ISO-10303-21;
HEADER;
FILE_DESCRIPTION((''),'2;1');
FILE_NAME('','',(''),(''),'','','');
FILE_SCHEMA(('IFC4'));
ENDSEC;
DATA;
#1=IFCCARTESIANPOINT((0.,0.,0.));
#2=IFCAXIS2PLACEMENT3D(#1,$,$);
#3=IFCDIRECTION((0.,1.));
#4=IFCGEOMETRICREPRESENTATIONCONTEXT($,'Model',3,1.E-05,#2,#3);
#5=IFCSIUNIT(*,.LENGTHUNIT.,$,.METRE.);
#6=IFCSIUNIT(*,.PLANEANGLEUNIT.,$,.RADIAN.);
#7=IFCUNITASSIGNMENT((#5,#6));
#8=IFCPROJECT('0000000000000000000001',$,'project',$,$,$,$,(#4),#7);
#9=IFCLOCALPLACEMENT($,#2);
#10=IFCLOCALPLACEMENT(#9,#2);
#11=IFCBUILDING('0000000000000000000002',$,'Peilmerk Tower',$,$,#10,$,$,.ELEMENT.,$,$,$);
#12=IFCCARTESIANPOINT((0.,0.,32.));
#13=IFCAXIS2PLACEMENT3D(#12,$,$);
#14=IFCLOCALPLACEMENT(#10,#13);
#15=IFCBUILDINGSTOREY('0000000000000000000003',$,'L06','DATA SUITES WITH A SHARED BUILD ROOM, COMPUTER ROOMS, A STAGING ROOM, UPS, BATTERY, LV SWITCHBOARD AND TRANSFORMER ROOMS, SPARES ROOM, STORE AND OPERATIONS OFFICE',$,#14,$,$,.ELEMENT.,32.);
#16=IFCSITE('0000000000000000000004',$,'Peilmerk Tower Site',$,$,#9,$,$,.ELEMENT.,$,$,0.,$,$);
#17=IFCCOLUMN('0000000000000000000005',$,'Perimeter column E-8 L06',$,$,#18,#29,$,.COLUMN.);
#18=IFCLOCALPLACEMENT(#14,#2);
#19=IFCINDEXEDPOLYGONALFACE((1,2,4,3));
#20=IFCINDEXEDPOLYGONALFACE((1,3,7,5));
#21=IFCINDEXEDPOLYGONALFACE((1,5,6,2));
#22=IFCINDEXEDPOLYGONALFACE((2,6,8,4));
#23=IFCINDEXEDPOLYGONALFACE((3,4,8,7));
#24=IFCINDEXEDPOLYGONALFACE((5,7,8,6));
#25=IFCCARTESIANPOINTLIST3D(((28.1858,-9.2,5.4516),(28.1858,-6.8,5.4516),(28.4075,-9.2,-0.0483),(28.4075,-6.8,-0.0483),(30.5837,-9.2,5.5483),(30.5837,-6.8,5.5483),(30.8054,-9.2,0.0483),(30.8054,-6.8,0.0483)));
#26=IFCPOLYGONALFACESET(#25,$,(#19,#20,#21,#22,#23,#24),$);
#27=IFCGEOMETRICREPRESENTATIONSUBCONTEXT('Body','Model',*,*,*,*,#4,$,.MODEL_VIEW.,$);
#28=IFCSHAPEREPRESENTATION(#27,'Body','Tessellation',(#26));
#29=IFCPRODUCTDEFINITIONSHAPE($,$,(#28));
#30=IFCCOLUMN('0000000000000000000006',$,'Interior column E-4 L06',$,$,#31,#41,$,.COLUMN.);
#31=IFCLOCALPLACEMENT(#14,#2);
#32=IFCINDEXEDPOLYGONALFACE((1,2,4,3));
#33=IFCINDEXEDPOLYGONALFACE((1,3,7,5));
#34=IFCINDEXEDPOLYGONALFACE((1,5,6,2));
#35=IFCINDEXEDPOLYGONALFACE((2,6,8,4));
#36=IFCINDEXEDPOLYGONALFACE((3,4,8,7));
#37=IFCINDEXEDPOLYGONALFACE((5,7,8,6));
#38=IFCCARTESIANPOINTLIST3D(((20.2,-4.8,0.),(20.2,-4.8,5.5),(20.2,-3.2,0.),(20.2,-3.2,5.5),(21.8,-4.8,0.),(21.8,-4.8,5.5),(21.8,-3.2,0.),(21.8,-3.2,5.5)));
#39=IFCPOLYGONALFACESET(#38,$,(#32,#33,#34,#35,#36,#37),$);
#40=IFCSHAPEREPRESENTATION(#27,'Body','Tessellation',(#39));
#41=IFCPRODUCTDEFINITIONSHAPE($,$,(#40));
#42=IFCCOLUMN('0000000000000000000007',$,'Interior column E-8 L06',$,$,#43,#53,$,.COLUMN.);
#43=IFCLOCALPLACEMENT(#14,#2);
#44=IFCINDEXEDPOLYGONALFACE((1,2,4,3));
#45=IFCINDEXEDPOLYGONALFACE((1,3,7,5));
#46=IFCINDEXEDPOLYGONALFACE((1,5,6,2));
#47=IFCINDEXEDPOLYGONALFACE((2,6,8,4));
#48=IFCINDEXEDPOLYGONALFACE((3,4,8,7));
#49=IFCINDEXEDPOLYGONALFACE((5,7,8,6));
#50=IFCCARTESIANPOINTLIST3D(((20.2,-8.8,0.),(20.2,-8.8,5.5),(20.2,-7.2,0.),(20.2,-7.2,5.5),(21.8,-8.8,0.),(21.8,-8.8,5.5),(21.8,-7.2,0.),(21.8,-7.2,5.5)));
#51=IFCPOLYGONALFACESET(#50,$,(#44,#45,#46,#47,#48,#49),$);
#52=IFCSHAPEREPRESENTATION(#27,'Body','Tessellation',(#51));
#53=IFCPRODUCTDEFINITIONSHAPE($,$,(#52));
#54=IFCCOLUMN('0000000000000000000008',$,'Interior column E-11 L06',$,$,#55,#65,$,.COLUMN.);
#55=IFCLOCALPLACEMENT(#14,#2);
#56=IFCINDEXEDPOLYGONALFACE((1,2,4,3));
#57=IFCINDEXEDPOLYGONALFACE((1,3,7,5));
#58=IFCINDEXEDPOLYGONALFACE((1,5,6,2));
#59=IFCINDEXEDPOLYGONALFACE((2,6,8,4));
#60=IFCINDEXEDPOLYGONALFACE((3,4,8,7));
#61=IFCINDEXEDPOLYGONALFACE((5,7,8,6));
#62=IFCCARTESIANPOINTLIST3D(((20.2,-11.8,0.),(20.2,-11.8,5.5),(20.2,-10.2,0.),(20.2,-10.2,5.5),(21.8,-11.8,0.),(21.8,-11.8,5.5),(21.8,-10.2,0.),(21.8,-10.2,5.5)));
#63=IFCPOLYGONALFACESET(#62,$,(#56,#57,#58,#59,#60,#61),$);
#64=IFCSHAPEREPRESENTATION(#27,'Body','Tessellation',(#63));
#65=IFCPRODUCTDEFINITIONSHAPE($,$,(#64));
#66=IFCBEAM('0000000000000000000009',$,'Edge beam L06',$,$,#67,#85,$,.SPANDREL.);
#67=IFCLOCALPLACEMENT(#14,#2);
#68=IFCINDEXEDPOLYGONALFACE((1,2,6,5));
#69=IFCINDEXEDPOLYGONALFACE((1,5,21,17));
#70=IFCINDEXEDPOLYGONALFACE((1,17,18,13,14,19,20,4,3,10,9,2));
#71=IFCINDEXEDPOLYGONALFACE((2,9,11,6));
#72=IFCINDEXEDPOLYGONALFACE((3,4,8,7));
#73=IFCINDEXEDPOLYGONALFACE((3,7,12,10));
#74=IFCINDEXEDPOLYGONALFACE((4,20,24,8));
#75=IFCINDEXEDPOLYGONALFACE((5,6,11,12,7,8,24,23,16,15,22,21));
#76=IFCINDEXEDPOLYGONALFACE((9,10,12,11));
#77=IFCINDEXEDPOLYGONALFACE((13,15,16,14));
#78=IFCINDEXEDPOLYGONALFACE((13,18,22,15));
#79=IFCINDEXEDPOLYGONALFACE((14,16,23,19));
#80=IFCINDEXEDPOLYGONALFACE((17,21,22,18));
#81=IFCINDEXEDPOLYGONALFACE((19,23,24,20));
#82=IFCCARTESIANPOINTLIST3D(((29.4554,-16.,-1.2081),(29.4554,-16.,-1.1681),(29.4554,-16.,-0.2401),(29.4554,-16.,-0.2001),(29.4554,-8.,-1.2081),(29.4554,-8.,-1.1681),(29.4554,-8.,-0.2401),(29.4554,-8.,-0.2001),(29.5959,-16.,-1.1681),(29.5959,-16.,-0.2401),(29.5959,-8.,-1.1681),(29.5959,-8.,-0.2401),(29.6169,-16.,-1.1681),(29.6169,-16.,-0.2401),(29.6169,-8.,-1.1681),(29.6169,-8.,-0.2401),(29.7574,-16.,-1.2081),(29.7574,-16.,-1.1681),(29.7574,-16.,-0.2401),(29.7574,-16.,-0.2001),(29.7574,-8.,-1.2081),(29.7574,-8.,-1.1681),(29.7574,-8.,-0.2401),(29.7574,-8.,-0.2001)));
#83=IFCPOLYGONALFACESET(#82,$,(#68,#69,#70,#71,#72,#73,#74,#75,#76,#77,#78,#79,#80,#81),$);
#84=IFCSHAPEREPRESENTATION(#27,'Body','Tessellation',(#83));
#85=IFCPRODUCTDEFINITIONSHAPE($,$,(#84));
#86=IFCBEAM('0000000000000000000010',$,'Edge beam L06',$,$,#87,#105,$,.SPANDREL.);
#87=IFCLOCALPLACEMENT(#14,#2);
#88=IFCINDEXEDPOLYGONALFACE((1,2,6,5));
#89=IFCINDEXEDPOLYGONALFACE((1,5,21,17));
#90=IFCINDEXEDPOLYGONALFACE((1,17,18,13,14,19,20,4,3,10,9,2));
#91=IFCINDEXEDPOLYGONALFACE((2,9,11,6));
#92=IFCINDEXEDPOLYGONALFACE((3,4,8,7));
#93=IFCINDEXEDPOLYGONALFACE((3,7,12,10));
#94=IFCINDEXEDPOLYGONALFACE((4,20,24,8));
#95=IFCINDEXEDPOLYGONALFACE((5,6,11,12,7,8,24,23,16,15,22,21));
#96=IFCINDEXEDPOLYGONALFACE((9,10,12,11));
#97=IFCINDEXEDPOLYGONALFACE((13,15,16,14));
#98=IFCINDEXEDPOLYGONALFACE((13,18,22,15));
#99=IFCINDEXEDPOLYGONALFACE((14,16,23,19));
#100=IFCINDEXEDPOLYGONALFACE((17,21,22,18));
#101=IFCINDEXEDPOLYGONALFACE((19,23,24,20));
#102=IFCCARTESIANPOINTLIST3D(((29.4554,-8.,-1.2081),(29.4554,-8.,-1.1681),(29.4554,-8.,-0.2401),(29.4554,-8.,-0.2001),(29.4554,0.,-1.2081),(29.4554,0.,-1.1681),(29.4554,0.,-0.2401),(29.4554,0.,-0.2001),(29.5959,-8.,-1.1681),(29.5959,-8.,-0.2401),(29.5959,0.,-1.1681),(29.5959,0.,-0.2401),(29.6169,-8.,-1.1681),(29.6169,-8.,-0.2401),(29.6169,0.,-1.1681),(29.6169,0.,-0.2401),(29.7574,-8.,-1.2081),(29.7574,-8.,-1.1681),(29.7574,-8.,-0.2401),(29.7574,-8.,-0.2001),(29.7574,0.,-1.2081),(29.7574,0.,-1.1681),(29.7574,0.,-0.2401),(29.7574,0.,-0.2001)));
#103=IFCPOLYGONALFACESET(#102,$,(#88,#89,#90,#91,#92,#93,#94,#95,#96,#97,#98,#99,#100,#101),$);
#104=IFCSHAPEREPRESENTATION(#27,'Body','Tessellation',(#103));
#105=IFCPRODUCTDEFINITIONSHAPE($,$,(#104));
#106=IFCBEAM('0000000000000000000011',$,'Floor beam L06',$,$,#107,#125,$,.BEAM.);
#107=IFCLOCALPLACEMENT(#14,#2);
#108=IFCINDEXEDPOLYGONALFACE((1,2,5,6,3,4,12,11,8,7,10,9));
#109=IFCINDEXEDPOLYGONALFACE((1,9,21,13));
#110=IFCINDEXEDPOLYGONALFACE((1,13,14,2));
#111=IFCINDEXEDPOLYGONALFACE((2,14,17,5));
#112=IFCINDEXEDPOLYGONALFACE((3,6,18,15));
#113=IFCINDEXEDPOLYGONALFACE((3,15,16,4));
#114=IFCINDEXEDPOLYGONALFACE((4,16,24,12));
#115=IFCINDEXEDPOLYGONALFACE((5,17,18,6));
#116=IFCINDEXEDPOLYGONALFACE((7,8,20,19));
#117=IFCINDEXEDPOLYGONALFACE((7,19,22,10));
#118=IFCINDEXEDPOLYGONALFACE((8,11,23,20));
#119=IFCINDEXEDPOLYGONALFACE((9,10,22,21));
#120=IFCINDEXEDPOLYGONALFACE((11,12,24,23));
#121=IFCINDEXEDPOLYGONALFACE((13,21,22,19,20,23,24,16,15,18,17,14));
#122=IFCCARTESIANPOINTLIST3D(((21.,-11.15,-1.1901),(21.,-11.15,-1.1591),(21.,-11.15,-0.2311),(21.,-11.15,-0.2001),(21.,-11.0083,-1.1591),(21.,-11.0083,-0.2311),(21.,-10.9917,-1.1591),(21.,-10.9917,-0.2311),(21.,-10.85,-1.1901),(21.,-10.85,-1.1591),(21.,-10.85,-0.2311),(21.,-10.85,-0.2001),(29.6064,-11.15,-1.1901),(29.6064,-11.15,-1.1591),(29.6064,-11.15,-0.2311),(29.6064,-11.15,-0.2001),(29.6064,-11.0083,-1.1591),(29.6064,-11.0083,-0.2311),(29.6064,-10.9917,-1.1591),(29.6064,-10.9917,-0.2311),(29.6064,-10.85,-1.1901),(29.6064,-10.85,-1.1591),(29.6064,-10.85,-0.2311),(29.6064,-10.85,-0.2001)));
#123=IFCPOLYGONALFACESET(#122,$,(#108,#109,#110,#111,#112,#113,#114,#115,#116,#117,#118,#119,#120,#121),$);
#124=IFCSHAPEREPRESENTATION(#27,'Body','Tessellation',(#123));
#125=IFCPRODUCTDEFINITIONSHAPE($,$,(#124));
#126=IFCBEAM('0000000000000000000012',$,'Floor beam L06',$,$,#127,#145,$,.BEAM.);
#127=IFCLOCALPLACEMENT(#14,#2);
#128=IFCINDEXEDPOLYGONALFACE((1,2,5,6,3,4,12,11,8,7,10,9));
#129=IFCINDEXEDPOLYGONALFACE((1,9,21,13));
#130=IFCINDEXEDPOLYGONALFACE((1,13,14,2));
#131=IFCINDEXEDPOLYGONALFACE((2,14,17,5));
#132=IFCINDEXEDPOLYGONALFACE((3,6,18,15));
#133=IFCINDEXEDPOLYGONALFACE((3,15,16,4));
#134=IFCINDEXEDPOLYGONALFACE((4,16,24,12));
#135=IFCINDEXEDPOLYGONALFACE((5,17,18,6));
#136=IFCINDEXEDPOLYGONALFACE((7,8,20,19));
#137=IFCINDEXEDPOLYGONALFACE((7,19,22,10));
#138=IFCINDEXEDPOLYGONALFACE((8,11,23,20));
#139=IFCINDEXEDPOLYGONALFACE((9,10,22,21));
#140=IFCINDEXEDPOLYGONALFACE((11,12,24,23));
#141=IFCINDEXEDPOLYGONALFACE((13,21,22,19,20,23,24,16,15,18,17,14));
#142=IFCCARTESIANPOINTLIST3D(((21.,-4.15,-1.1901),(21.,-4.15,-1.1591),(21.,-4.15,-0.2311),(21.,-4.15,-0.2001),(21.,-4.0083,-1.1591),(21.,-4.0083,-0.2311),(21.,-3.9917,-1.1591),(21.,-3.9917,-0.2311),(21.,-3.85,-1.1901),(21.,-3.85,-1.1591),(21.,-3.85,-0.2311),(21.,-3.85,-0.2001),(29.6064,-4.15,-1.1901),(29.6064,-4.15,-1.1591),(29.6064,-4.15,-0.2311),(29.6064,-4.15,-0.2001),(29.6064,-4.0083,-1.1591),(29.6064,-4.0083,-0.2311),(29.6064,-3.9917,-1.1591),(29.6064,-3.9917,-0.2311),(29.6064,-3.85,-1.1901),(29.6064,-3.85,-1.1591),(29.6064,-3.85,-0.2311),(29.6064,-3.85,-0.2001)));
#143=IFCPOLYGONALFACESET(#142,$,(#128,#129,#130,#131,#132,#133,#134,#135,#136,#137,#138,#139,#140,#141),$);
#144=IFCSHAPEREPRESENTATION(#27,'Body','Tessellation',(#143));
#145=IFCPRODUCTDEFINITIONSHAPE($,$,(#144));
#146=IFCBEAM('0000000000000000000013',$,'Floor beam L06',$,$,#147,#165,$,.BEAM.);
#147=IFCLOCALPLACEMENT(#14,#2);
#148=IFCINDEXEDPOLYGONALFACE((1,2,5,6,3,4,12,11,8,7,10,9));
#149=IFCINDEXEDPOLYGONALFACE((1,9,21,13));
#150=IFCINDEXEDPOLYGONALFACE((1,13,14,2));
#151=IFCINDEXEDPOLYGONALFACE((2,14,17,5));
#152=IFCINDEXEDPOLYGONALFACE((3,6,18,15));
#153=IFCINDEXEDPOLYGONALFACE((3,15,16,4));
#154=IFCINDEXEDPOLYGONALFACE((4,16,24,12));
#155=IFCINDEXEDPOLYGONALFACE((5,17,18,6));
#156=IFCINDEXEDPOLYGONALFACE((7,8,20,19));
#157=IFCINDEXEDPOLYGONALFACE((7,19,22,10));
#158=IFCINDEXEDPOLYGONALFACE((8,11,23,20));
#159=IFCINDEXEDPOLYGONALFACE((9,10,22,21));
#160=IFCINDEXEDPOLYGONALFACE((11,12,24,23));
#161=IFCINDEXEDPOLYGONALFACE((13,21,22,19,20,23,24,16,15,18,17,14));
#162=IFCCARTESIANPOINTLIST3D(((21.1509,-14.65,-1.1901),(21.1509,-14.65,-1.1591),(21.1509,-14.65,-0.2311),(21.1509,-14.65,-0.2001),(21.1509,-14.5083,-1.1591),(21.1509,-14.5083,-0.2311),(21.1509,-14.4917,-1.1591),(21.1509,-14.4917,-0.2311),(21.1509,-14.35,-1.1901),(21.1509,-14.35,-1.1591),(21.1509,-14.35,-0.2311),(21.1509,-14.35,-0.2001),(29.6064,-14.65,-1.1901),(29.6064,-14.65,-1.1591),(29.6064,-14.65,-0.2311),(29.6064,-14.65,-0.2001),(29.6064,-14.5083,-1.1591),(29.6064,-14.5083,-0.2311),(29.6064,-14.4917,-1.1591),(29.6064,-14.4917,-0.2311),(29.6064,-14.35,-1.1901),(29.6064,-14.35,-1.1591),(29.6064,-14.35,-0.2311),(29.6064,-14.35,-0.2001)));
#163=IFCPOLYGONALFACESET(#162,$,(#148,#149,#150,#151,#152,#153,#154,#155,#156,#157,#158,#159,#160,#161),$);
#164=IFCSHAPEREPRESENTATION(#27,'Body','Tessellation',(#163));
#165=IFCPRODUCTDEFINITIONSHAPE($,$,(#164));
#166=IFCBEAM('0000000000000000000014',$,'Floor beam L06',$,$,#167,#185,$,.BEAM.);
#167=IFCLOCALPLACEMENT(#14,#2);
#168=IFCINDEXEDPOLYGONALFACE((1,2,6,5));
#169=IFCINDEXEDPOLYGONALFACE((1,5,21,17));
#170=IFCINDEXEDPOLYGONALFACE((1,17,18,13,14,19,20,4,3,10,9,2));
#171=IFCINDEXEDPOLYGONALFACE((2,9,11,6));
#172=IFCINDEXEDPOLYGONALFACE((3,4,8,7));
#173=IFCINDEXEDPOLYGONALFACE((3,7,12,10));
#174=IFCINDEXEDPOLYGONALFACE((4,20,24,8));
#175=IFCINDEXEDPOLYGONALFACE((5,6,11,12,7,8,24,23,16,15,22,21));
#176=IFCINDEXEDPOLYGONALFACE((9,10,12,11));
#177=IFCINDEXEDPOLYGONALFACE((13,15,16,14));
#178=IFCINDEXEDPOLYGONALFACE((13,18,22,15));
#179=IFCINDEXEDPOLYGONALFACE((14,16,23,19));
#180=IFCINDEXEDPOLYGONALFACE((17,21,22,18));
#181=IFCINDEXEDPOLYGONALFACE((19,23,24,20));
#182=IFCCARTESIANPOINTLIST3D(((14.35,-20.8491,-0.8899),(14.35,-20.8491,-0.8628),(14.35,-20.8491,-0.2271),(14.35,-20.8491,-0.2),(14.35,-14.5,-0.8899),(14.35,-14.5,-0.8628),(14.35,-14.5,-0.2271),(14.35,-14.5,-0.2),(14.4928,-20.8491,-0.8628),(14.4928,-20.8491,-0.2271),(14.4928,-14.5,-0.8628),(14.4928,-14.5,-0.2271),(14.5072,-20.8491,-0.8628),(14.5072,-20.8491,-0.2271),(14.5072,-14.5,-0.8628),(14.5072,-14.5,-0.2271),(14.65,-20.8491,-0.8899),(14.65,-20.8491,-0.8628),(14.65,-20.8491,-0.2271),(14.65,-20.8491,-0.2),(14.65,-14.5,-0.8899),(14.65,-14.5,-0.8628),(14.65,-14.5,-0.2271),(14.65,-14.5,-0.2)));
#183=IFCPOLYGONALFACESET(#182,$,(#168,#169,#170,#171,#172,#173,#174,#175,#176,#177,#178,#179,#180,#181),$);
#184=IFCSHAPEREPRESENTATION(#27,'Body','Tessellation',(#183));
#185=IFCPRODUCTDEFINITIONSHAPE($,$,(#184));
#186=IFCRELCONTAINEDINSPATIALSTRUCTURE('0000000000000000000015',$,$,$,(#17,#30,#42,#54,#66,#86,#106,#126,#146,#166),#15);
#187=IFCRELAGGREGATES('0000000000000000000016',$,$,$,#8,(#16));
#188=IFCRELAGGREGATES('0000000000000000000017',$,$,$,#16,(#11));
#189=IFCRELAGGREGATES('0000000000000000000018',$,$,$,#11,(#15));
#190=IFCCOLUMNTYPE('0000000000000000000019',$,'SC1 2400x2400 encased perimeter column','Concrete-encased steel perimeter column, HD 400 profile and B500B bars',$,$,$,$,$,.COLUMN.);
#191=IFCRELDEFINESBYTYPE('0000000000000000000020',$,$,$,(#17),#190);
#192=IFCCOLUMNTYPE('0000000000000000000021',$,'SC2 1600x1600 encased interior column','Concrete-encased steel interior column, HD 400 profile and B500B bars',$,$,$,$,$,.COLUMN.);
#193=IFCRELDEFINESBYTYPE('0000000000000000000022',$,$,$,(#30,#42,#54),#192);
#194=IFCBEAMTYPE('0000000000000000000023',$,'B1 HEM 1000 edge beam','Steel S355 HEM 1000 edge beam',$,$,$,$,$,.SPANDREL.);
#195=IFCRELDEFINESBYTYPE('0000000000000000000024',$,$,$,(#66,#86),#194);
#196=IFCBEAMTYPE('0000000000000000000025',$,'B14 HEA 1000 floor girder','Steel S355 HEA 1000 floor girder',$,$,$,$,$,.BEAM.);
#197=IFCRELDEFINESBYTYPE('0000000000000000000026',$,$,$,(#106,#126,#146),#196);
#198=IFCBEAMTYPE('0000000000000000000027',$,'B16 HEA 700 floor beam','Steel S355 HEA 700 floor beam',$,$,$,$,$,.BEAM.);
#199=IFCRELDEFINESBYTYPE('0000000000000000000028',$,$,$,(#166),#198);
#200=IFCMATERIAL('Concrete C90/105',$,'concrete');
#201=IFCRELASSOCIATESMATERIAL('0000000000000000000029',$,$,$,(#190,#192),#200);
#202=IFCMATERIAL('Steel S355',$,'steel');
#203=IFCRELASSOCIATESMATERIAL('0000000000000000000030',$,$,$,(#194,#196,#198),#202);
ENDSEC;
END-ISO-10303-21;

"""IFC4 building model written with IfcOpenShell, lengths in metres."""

from ifc_helpers import new_model, si_unit, direction, frame, origin, origin_2d, place, context, subcontext, project, spatial, rectangle, i_section, extrude, material, material_profile, profile_set, type_object, element, save


model = new_model("IFC4")

# Units and contexts
model_context = context("Model", 3, precision=1e-05, world=origin(), true_north=direction((0.0, 1.0)))
body_context = subcontext(model_context, "Body", "Model", "MODEL_VIEW")
ifc_project = project(units=[si_unit("LENGTHUNIT", "METRE"), si_unit("PLANEANGLEUNIT", "RADIAN")], contexts=[model_context])

# Site, building, storey
site_placement = place(None, origin())
site = spatial("IfcSite", under=ifc_project, at=site_placement, Name="Peilmerk Tower Site", CompositionType="ELEMENT", RefElevation=0.0)
building_placement = place(site_placement, origin())
building = spatial("IfcBuilding", under=site, at=building_placement, Name="Peilmerk Tower", CompositionType="ELEMENT")
storey_placement = place(building_placement, frame((0.0, 0.0, 32.0)))
storey = spatial("IfcBuildingStorey", under=building, at=storey_placement, Name="L06", Description="DATA SUITES WITH A SHARED BUILD ROOM, COMPUTER ROOMS, A STAGING ROOM, UPS, BATTERY, LV SWITCHBOARD AND TRANSFORMER ROOMS, SPARES ROOM, STORE AND OPERATIONS OFFICE", CompositionType="ELEMENT", Elevation=32.0)

# Columns
ifc_material_1 = material(Name="Concrete C90/105", Category="concrete")
ifc_material_profile_1 = material_profile(ifc_material_1, rectangle(XDim=2.3999, YDim=2.3999, at=origin_2d()), Name="RC 2400x2400")
ifc_profile_set_1 = profile_set([ifc_material_profile_1], Name="Concrete C90/105")
column_type_1 = type_object("IfcColumnType", Name="SC1 2400x2400 encased perimeter column", Description="Concrete-encased steel perimeter column, HD 400 profile and B500B bars", PredefinedType="COLUMN", material=ifc_profile_set_1)
column_placement = place(storey_placement, frame((29.6064, -8.0, 0.0), z_axis=(-0.040273, 0.0, 0.999189), x_axis=(0.0, -1.0, 0.0)))
element("IfcColumn", 1, at=column_placement, inside=storey, type_object=column_type_1, Name="Perimeter column E-8 L06", PredefinedType="COLUMN", context=body_context, shape_type="SweptSolid", body=[
    extrude(rectangle(XDim=2.3999, YDim=2.3999, at=origin_2d()), origin(), (0.0, 0.0, 1.0), 5.5044),
])
ifc_material_profile_2 = material_profile(ifc_material_1, rectangle(XDim=1.6001, YDim=1.6001, at=origin_2d()), Name="RC 1600x1600")
ifc_profile_set_2 = profile_set([ifc_material_profile_2], Name="Concrete C90/105")
column_type_2 = type_object("IfcColumnType", Name="SC2 1600x1600 encased interior column", Description="Concrete-encased steel interior column, HD 400 profile and B500B bars", PredefinedType="COLUMN", material=ifc_profile_set_2)
for number, where, z_axis, x_axis, name in (
    (2, (21.0, -4.0, 0.0), (0.0, 0.0, 1.0), (1.0, 0.0, 0.0), "Interior column E-4 L06"),
    (3, (21.0, -8.0, 0.0), (0.0, 0.0, 1.0), (1.0, 0.0, 0.0), "Interior column E-8 L06"),
    (4, (21.0, -11.0, 0.0), (0.0, 0.0, 1.0), (1.0, 0.0, 0.0), "Interior column E-11 L06"),
):
    element("IfcColumn", number, at=place(storey_placement, frame(where, z_axis=z_axis, x_axis=x_axis)), inside=storey, type_object=column_type_2, Name=name, PredefinedType="COLUMN", context=body_context, shape_type="SweptSolid", body=[
        extrude(rectangle(XDim=1.6001, YDim=1.6001, at=origin_2d()), origin(), (0.0, 0.0, 1.0), 5.5),
    ])

# Beams
ifc_material_2 = material(Name="Steel S355", Category="steel")
ifc_material_profile_3 = material_profile(ifc_material_2, i_section(OverallWidth=0.302, OverallDepth=1.0081, WebThickness=0.021, FlangeThickness=0.04, at=origin_2d()), Name="HEM 1000")
ifc_profile_set_3 = profile_set([ifc_material_profile_3], Name="Steel S355")
beam_type_1 = type_object("IfcBeamType", Name="B1 HEM 1000 edge beam", Description="Steel S355 HEM 1000 edge beam", PredefinedType="SPANDREL", material=ifc_profile_set_3)
for number, where, z_axis, x_axis, name in (
    (5, (29.6064, -16.0, -0.7041), (0.0, 1.0, 0.0), (-1.0, 0.0, 0.0), "Edge beam L06"),
    (6, (29.6064, -8.0, -0.7041), (0.0, 1.0, 0.0), (-1.0, 0.0, 0.0), "Edge beam L06"),
):
    element("IfcBeam", number, at=place(storey_placement, frame(where, z_axis=z_axis, x_axis=x_axis)), inside=storey, type_object=beam_type_1, Name=name, PredefinedType="SPANDREL", context=body_context, shape_type="SweptSolid", body=[
        extrude(i_section(OverallWidth=0.302, OverallDepth=1.0081, WebThickness=0.021, FlangeThickness=0.04, at=origin_2d()), origin(), (0.0, 0.0, 1.0), 8.0),
    ])
ifc_material_profile_4 = material_profile(ifc_material_2, i_section(OverallWidth=0.3, OverallDepth=0.99, WebThickness=0.0166, FlangeThickness=0.031, at=origin_2d()), Name="HEA 1000")
ifc_profile_set_4 = profile_set([ifc_material_profile_4], Name="Steel S355")
beam_type_2 = type_object("IfcBeamType", Name="B14 HEA 1000 floor girder", Description="Steel S355 HEA 1000 floor girder", PredefinedType="BEAM", material=ifc_profile_set_4)
for number, where, z_axis, x_axis, name in (
    (7, (21.0, -11.0, -0.6951), (1.0, 0.0, 0.0), (0.0, 1.0, 0.0), "Floor beam L06"),
    (8, (21.0, -4.0, -0.6951), (1.0, 0.0, 0.0), (0.0, 1.0, 0.0), "Floor beam L06"),
):
    element("IfcBeam", number, at=place(storey_placement, frame(where, z_axis=z_axis, x_axis=x_axis)), inside=storey, type_object=beam_type_2, Name=name, PredefinedType="BEAM", context=body_context, shape_type="SweptSolid", body=[
        extrude(i_section(OverallWidth=0.3, OverallDepth=0.99, WebThickness=0.0166, FlangeThickness=0.031, at=origin_2d()), origin(), (0.0, 0.0, 1.0), 8.6064),
    ])
beam_1_placement = place(storey_placement, frame((21.1509, -14.5, -0.6951), z_axis=(1.0, 0.0, 0.0), x_axis=(0.0, 1.0, 0.0)))
element("IfcBeam", 9, at=beam_1_placement, inside=storey, type_object=beam_type_2, Name="Floor beam L06", PredefinedType="BEAM", context=body_context, shape_type="SweptSolid", body=[
    extrude(i_section(OverallWidth=0.3, OverallDepth=0.99, WebThickness=0.0166, FlangeThickness=0.031, at=origin_2d()), origin(), (0.0, 0.0, 1.0), 8.4556),
])
ifc_material_profile_5 = material_profile(ifc_material_2, i_section(OverallWidth=0.3, OverallDepth=0.6899, WebThickness=0.0144, FlangeThickness=0.0271, at=origin_2d()), Name="HEA 700")
ifc_profile_set_5 = profile_set([ifc_material_profile_5], Name="Steel S355")
beam_type_3 = type_object("IfcBeamType", Name="B16 HEA 700 floor beam", Description="Steel S355 HEA 700 floor beam", PredefinedType="BEAM", material=ifc_profile_set_5)
for number, where, z_axis, x_axis, name in (
    (10, (14.5, -14.5, -0.5449), (0.0, -1.0, 0.0), (1.0, 0.0, 0.0), "Floor beam L06"),
):
    element("IfcBeam", number, at=place(storey_placement, frame(where, z_axis=z_axis, x_axis=x_axis)), inside=storey, type_object=beam_type_3, Name=name, PredefinedType="BEAM", context=body_context, shape_type="SweptSolid", body=[
        extrude(i_section(OverallWidth=0.3, OverallDepth=0.6899, WebThickness=0.0144, FlangeThickness=0.0271, at=origin_2d()), origin(), (0.0, 0.0, 1.0), 6.3491),
    ])

save(model, "model.ifc")
